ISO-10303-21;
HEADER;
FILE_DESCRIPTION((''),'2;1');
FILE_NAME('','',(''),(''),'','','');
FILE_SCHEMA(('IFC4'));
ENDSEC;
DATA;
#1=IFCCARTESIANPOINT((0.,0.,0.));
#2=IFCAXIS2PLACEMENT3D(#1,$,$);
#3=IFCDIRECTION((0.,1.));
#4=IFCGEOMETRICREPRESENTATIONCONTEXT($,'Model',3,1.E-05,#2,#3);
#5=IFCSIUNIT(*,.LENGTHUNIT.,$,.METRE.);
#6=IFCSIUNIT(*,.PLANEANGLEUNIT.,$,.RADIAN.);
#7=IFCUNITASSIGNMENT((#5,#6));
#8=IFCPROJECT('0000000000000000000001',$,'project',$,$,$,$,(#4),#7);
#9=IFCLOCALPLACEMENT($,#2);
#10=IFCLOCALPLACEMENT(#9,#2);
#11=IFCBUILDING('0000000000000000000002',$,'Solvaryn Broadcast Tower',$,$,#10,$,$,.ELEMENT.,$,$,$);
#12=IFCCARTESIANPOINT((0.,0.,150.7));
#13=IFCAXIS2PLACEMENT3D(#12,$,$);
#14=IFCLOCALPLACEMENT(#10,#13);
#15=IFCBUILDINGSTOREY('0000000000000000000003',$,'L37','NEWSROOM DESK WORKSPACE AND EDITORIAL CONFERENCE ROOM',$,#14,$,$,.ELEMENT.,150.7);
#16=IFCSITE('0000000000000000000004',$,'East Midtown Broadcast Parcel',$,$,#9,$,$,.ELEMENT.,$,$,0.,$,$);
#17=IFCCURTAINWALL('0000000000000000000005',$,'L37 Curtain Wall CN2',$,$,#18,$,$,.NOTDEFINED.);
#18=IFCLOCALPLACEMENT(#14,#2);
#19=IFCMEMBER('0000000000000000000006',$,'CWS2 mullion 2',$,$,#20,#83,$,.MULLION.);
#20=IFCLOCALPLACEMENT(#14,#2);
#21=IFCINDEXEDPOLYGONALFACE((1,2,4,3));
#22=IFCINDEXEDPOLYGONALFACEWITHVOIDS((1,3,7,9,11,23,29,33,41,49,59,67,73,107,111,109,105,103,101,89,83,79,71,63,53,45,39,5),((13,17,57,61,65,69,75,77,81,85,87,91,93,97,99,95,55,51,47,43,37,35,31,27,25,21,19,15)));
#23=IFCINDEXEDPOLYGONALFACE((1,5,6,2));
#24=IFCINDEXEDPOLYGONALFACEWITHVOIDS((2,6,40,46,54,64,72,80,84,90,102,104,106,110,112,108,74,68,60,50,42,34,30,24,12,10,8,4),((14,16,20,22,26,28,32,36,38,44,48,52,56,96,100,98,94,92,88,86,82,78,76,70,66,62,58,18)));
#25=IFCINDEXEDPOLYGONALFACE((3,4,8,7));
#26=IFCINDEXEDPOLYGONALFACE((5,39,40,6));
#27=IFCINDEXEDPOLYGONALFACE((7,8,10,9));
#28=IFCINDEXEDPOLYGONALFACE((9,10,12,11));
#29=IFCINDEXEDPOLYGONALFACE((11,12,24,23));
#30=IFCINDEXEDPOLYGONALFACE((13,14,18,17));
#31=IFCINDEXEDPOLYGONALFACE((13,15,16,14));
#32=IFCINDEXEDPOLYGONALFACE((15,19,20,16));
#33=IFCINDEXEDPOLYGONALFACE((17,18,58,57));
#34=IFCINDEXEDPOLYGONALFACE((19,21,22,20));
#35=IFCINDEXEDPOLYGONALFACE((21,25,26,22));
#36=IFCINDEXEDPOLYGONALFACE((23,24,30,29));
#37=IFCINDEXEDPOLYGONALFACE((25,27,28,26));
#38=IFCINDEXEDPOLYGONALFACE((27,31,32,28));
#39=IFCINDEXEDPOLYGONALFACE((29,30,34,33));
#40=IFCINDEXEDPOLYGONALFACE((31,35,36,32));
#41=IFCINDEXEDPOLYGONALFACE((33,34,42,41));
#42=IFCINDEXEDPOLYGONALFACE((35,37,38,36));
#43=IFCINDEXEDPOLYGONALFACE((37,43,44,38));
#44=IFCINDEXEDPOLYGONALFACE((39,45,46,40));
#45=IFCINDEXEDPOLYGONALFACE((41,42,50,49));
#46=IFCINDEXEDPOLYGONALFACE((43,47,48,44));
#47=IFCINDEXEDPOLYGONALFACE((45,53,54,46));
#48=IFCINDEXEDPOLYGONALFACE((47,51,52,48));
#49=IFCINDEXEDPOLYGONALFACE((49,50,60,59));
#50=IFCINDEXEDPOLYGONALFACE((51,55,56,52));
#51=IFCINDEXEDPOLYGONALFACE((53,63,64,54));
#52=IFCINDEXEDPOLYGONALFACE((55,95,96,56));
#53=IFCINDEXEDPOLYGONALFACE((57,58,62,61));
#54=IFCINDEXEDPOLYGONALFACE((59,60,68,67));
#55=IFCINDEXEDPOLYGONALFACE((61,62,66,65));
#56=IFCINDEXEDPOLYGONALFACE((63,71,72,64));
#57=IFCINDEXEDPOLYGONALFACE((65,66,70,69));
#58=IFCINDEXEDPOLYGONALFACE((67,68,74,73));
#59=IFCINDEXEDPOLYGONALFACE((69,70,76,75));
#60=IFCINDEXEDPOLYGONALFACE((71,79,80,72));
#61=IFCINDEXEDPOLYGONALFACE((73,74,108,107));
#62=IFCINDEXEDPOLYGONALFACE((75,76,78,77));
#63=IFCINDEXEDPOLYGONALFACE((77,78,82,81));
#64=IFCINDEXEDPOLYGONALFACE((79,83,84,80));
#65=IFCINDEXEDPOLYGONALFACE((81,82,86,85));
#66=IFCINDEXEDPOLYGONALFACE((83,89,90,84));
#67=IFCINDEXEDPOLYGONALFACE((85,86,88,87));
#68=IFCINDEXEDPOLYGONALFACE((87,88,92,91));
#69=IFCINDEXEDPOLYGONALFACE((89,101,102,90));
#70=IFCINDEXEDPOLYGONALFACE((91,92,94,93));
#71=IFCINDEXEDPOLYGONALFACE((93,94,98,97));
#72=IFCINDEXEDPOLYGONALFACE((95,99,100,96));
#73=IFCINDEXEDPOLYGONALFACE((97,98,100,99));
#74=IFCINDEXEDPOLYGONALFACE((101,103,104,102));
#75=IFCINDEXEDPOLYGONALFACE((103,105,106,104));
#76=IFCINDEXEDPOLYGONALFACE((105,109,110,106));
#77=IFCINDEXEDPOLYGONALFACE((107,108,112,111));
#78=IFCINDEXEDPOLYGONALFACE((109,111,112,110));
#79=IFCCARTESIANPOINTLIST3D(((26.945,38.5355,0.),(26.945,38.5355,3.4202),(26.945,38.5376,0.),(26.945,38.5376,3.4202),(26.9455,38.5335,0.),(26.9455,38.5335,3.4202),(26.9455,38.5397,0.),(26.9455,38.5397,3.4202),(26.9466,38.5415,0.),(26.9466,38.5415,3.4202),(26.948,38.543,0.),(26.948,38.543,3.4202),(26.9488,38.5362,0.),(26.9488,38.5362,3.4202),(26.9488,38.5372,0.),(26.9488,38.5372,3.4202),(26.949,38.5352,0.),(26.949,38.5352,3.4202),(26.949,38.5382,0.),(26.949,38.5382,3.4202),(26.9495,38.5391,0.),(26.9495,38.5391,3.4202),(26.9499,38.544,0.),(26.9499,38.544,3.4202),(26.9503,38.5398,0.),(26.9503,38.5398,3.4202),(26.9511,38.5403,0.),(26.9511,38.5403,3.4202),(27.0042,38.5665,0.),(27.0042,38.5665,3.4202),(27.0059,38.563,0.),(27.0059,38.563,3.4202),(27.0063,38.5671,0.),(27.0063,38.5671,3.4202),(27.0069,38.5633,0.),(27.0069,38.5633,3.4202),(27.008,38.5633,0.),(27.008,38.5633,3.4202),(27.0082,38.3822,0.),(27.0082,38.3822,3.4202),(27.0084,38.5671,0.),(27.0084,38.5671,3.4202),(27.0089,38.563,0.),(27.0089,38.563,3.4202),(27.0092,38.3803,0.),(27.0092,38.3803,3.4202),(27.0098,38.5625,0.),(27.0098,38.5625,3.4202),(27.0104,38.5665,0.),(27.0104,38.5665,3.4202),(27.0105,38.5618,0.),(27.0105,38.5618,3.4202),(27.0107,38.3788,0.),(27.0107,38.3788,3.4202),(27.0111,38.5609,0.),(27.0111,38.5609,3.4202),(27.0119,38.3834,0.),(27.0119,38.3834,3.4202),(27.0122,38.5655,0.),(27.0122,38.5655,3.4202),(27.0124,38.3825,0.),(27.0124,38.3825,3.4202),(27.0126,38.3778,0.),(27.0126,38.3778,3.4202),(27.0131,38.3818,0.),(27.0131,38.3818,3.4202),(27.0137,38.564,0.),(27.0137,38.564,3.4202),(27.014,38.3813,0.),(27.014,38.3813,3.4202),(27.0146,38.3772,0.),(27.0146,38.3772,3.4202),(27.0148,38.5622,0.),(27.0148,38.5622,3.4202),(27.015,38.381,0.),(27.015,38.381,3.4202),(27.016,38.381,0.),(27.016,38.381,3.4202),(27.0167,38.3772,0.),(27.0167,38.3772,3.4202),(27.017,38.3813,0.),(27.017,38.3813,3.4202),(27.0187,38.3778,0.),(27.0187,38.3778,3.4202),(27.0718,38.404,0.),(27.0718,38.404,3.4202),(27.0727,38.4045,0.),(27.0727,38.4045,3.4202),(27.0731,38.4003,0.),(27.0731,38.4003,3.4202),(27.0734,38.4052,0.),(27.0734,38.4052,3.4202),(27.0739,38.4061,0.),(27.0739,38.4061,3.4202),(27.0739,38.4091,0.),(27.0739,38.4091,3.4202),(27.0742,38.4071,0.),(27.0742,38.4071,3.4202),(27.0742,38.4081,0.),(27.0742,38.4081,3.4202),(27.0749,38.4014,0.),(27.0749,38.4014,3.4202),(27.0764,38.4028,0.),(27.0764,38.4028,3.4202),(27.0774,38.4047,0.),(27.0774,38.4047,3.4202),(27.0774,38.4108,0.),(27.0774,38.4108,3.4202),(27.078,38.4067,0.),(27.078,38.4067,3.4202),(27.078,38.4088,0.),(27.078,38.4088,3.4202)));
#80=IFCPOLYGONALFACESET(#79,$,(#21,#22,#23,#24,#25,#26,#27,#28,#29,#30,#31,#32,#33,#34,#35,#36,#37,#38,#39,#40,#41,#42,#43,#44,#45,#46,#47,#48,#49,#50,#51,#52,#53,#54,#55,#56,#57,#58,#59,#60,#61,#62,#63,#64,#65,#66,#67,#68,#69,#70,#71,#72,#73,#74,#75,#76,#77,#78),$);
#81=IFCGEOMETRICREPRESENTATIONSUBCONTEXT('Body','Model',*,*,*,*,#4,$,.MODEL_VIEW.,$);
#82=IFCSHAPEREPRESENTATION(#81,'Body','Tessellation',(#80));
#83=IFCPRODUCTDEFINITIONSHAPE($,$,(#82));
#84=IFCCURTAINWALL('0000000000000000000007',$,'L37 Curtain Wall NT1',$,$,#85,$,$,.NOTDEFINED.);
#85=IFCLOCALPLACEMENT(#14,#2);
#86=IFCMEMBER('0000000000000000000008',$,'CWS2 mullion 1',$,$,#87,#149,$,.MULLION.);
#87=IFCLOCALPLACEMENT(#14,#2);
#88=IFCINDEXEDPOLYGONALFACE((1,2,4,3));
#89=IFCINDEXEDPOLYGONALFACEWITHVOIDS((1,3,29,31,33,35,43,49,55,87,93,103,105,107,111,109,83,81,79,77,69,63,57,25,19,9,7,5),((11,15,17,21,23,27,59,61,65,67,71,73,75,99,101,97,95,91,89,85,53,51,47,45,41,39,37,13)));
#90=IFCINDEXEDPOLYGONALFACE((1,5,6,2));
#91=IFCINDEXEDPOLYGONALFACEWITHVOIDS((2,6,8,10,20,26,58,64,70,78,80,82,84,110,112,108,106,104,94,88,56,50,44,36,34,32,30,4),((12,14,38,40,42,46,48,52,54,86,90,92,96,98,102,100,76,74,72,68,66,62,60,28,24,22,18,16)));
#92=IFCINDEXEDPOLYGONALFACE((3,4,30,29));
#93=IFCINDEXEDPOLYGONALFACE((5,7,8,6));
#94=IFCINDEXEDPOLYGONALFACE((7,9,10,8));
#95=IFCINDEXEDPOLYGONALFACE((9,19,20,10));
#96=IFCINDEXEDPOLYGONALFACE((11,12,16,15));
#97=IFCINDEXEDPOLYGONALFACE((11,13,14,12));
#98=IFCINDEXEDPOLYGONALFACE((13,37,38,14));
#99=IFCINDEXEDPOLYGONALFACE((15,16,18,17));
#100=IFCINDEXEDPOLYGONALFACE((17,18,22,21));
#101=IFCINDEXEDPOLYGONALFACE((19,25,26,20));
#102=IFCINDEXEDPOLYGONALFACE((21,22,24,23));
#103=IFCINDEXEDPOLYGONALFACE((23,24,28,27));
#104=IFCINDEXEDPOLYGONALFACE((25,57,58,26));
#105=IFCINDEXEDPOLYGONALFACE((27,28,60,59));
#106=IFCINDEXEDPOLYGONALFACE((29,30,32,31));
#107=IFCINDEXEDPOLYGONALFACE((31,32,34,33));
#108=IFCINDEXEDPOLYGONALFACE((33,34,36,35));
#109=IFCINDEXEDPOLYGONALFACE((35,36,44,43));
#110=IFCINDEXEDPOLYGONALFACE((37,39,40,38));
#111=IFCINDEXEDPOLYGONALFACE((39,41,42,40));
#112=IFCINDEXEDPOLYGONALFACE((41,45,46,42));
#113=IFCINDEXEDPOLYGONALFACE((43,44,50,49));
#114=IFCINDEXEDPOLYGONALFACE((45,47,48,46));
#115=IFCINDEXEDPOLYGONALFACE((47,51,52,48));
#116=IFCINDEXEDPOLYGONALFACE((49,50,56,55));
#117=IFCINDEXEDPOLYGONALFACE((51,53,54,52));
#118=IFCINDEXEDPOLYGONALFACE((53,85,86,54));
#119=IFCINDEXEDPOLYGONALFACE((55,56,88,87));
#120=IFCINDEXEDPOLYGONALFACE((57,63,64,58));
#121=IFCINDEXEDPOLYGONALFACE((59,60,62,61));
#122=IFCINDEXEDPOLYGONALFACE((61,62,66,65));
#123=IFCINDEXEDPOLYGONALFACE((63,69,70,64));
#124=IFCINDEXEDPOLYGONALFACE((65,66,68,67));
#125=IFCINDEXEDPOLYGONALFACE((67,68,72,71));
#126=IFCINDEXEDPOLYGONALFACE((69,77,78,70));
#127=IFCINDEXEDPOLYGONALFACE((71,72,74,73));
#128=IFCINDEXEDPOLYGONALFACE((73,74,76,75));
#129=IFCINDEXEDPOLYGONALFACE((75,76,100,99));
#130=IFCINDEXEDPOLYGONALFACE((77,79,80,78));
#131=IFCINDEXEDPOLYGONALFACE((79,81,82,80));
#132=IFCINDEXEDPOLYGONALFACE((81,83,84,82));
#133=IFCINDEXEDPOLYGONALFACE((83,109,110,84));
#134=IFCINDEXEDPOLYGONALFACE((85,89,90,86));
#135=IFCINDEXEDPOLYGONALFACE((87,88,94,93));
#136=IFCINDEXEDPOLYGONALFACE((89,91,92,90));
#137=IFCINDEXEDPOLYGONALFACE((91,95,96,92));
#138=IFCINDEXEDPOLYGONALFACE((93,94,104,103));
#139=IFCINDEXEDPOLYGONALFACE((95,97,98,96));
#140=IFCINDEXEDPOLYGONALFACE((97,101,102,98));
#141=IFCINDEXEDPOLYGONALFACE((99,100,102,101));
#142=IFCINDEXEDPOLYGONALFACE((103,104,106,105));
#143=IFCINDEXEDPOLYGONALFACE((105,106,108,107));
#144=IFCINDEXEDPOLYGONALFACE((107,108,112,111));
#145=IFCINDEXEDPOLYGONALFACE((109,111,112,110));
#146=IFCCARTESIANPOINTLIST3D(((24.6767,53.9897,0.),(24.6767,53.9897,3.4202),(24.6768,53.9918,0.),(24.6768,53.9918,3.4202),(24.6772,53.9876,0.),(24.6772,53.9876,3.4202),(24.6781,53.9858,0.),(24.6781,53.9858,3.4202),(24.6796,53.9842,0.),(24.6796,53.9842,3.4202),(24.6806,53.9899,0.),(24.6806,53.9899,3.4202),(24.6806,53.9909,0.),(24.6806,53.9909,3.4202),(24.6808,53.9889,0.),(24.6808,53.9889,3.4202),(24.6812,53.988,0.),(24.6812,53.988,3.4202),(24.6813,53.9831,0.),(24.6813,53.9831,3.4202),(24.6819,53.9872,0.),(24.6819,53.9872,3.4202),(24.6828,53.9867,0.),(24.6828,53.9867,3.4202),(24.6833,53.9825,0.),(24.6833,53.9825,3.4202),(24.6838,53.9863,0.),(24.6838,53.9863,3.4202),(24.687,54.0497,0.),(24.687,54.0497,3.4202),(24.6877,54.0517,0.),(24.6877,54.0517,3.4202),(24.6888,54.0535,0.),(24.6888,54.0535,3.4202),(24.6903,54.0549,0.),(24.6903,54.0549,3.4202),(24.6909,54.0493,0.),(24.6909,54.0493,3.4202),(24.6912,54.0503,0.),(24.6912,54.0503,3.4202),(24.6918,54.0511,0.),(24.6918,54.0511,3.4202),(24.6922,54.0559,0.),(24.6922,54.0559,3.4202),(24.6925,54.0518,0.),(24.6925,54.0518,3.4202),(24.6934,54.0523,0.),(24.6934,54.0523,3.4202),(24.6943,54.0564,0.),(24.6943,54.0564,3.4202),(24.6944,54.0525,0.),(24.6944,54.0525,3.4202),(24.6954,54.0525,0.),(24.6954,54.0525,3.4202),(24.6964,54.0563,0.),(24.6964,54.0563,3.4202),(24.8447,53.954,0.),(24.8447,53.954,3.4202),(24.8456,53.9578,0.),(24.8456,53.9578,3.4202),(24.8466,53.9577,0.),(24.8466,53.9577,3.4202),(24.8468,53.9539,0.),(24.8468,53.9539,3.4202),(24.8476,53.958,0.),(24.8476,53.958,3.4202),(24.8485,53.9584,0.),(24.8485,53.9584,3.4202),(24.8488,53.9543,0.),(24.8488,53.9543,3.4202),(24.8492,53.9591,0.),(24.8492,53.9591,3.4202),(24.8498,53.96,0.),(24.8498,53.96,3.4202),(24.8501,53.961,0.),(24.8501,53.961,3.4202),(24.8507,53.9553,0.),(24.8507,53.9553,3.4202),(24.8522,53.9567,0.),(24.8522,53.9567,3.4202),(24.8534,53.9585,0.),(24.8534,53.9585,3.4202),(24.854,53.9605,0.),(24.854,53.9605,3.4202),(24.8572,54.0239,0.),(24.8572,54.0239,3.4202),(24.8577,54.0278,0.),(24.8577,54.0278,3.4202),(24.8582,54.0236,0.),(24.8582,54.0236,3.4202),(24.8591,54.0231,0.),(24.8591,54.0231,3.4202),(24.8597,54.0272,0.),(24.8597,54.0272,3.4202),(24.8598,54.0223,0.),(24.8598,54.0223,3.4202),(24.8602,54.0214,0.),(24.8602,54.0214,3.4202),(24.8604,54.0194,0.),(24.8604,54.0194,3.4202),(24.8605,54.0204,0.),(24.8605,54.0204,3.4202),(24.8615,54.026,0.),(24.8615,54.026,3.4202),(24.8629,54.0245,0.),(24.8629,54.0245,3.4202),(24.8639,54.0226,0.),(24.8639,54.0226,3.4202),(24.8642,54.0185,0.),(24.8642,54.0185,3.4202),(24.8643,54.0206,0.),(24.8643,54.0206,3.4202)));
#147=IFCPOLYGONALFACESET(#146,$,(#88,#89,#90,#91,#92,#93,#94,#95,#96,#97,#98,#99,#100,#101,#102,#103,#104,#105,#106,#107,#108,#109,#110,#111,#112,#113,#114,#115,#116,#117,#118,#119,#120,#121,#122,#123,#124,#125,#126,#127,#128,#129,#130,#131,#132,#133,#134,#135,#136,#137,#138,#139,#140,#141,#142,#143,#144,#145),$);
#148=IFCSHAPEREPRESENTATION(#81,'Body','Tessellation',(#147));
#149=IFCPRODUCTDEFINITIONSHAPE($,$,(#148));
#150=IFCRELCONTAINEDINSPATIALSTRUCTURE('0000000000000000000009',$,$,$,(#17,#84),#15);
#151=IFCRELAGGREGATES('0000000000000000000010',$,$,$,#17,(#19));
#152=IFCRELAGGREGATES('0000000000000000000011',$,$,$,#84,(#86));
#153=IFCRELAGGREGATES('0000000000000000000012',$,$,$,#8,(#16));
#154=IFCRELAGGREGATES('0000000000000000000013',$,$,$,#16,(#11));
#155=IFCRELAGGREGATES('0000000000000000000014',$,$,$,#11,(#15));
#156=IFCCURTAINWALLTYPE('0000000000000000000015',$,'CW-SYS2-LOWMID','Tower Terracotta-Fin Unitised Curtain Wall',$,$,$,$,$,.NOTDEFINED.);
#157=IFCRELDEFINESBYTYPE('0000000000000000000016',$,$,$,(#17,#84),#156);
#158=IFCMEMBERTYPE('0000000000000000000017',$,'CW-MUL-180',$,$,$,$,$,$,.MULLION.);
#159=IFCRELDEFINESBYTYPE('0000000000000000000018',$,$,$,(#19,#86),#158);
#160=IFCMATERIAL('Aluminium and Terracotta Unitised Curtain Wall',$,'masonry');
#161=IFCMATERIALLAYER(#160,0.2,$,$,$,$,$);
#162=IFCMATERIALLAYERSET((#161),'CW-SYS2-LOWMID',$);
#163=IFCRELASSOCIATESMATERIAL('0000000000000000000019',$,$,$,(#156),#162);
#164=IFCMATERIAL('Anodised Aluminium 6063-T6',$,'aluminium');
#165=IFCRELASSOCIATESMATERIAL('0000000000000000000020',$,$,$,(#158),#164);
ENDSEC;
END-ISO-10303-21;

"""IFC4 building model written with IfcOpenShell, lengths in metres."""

from ifc_helpers import new_model, si_unit, direction, frame, origin, origin_2d, place, context, subcontext, project, spatial, hollow_rectangle, extrude, material, layer, layer_set, material_profile, profile_set, type_object, element, aggregate, save


model = new_model("IFC4")

# Units and contexts
model_context = context("Model", 3, precision=1e-05, world=origin(), true_north=direction((0.0, 1.0)))
body_context = subcontext(model_context, "Body", "Model", "MODEL_VIEW")
ifc_project = project(units=[si_unit("LENGTHUNIT", "METRE"), si_unit("PLANEANGLEUNIT", "RADIAN")], contexts=[model_context])

# Site, building, storey
site_placement = place(None, origin())
site = spatial("IfcSite", under=ifc_project, at=site_placement, Name="East Midtown Broadcast Parcel", CompositionType="ELEMENT", RefElevation=0.0)
building_placement = place(site_placement, origin())
building = spatial("IfcBuilding", under=site, at=building_placement, Name="Solvaryn Broadcast Tower", CompositionType="ELEMENT")
storey_placement = place(building_placement, frame((0.0, 0.0, 150.7)))
storey = spatial("IfcBuildingStorey", under=building, at=storey_placement, Name="L37", Description="NEWSROOM DESK WORKSPACE AND EDITORIAL CONFERENCE ROOM", CompositionType="ELEMENT", Elevation=150.7)

# Shared definitions
ifc_material_1 = material(Name="Aluminium and Terracotta Unitised Curtain Wall", Category="masonry")
ifc_layer_1 = layer(ifc_material_1, 0.2)
ifc_layer_set_1 = layer_set([ifc_layer_1], Name="CW-SYS2-LOWMID")
curtain_wall_type = type_object("IfcCurtainWallType", Name="CW-SYS2-LOWMID", Description="Tower Terracotta-Fin Unitised Curtain Wall", PredefinedType="NOTDEFINED", material=ifc_layer_set_1)
ifc_material_2 = material(Name="Anodised Aluminium 6063-T6", Category="aluminium")
ifc_material_profile_1 = material_profile(ifc_material_2, hollow_rectangle(XDim=0.075, YDim=0.1799, WallThickness=0.0039, InnerFilletRadius=0.0039, OuterFilletRadius=0.0081, at=origin_2d()))
ifc_profile_set_1 = profile_set([ifc_material_profile_1], Name="Anodised Aluminium 6063-T6")
member_type_1 = type_object("IfcMemberType", Name="CW-MUL-180", PredefinedType="MULLION", material=ifc_profile_set_1)

# Curtain walls, members
curtain_wall_1_placement = place(storey_placement, origin())
curtain_wall_1 = element("IfcCurtainWall", 1, at=curtain_wall_1_placement, inside=storey, type_object=curtain_wall_type, Name="L37 Curtain Wall CN2", PredefinedType="NOTDEFINED")
member_1_placement = place(storey_placement, frame((27.0115, 38.4722, 0.0), z_axis=(0.0, 0.0, 1.0), x_axis=(-0.923895, -0.382646, 0.0)))
member_1 = element("IfcMember", 2, at=member_1_placement, type_object=member_type_1, Name="CWS2 mullion 2", PredefinedType="MULLION", context=body_context, shape_type="SweptSolid", body=[
    extrude(hollow_rectangle(XDim=0.075, YDim=0.1799, WallThickness=0.0039, InnerFilletRadius=0.0039, OuterFilletRadius=0.0081, at=origin_2d()), origin(), (0.0, 0.0, 1.0), 3.4202),
])
aggregate(curtain_wall_1, [member_1])
curtain_wall_2_placement = place(storey_placement, origin())
curtain_wall_2 = element("IfcCurtainWall", 3, at=curtain_wall_2_placement, inside=storey, type_object=curtain_wall_type, Name="L37 Curtain Wall NT1", PredefinedType="NOTDEFINED")
member_2_placement = place(storey_placement, frame((24.7705, 54.0051, 0.0), z_axis=(0.0, 0.0, 1.0), x_axis=(-0.173785, -0.984784, 0.0)))
member_2 = element("IfcMember", 4, at=member_2_placement, type_object=member_type_1, Name="CWS2 mullion 1", PredefinedType="MULLION", context=body_context, shape_type="SweptSolid", body=[
    extrude(hollow_rectangle(XDim=0.075, YDim=0.1799, WallThickness=0.0039, InnerFilletRadius=0.0039, OuterFilletRadius=0.0081, at=origin_2d()), origin(), (0.0, 0.0, 1.0), 3.4202),
])

aggregate(curtain_wall_2, [member_2])

save(model, "model.ifc")
